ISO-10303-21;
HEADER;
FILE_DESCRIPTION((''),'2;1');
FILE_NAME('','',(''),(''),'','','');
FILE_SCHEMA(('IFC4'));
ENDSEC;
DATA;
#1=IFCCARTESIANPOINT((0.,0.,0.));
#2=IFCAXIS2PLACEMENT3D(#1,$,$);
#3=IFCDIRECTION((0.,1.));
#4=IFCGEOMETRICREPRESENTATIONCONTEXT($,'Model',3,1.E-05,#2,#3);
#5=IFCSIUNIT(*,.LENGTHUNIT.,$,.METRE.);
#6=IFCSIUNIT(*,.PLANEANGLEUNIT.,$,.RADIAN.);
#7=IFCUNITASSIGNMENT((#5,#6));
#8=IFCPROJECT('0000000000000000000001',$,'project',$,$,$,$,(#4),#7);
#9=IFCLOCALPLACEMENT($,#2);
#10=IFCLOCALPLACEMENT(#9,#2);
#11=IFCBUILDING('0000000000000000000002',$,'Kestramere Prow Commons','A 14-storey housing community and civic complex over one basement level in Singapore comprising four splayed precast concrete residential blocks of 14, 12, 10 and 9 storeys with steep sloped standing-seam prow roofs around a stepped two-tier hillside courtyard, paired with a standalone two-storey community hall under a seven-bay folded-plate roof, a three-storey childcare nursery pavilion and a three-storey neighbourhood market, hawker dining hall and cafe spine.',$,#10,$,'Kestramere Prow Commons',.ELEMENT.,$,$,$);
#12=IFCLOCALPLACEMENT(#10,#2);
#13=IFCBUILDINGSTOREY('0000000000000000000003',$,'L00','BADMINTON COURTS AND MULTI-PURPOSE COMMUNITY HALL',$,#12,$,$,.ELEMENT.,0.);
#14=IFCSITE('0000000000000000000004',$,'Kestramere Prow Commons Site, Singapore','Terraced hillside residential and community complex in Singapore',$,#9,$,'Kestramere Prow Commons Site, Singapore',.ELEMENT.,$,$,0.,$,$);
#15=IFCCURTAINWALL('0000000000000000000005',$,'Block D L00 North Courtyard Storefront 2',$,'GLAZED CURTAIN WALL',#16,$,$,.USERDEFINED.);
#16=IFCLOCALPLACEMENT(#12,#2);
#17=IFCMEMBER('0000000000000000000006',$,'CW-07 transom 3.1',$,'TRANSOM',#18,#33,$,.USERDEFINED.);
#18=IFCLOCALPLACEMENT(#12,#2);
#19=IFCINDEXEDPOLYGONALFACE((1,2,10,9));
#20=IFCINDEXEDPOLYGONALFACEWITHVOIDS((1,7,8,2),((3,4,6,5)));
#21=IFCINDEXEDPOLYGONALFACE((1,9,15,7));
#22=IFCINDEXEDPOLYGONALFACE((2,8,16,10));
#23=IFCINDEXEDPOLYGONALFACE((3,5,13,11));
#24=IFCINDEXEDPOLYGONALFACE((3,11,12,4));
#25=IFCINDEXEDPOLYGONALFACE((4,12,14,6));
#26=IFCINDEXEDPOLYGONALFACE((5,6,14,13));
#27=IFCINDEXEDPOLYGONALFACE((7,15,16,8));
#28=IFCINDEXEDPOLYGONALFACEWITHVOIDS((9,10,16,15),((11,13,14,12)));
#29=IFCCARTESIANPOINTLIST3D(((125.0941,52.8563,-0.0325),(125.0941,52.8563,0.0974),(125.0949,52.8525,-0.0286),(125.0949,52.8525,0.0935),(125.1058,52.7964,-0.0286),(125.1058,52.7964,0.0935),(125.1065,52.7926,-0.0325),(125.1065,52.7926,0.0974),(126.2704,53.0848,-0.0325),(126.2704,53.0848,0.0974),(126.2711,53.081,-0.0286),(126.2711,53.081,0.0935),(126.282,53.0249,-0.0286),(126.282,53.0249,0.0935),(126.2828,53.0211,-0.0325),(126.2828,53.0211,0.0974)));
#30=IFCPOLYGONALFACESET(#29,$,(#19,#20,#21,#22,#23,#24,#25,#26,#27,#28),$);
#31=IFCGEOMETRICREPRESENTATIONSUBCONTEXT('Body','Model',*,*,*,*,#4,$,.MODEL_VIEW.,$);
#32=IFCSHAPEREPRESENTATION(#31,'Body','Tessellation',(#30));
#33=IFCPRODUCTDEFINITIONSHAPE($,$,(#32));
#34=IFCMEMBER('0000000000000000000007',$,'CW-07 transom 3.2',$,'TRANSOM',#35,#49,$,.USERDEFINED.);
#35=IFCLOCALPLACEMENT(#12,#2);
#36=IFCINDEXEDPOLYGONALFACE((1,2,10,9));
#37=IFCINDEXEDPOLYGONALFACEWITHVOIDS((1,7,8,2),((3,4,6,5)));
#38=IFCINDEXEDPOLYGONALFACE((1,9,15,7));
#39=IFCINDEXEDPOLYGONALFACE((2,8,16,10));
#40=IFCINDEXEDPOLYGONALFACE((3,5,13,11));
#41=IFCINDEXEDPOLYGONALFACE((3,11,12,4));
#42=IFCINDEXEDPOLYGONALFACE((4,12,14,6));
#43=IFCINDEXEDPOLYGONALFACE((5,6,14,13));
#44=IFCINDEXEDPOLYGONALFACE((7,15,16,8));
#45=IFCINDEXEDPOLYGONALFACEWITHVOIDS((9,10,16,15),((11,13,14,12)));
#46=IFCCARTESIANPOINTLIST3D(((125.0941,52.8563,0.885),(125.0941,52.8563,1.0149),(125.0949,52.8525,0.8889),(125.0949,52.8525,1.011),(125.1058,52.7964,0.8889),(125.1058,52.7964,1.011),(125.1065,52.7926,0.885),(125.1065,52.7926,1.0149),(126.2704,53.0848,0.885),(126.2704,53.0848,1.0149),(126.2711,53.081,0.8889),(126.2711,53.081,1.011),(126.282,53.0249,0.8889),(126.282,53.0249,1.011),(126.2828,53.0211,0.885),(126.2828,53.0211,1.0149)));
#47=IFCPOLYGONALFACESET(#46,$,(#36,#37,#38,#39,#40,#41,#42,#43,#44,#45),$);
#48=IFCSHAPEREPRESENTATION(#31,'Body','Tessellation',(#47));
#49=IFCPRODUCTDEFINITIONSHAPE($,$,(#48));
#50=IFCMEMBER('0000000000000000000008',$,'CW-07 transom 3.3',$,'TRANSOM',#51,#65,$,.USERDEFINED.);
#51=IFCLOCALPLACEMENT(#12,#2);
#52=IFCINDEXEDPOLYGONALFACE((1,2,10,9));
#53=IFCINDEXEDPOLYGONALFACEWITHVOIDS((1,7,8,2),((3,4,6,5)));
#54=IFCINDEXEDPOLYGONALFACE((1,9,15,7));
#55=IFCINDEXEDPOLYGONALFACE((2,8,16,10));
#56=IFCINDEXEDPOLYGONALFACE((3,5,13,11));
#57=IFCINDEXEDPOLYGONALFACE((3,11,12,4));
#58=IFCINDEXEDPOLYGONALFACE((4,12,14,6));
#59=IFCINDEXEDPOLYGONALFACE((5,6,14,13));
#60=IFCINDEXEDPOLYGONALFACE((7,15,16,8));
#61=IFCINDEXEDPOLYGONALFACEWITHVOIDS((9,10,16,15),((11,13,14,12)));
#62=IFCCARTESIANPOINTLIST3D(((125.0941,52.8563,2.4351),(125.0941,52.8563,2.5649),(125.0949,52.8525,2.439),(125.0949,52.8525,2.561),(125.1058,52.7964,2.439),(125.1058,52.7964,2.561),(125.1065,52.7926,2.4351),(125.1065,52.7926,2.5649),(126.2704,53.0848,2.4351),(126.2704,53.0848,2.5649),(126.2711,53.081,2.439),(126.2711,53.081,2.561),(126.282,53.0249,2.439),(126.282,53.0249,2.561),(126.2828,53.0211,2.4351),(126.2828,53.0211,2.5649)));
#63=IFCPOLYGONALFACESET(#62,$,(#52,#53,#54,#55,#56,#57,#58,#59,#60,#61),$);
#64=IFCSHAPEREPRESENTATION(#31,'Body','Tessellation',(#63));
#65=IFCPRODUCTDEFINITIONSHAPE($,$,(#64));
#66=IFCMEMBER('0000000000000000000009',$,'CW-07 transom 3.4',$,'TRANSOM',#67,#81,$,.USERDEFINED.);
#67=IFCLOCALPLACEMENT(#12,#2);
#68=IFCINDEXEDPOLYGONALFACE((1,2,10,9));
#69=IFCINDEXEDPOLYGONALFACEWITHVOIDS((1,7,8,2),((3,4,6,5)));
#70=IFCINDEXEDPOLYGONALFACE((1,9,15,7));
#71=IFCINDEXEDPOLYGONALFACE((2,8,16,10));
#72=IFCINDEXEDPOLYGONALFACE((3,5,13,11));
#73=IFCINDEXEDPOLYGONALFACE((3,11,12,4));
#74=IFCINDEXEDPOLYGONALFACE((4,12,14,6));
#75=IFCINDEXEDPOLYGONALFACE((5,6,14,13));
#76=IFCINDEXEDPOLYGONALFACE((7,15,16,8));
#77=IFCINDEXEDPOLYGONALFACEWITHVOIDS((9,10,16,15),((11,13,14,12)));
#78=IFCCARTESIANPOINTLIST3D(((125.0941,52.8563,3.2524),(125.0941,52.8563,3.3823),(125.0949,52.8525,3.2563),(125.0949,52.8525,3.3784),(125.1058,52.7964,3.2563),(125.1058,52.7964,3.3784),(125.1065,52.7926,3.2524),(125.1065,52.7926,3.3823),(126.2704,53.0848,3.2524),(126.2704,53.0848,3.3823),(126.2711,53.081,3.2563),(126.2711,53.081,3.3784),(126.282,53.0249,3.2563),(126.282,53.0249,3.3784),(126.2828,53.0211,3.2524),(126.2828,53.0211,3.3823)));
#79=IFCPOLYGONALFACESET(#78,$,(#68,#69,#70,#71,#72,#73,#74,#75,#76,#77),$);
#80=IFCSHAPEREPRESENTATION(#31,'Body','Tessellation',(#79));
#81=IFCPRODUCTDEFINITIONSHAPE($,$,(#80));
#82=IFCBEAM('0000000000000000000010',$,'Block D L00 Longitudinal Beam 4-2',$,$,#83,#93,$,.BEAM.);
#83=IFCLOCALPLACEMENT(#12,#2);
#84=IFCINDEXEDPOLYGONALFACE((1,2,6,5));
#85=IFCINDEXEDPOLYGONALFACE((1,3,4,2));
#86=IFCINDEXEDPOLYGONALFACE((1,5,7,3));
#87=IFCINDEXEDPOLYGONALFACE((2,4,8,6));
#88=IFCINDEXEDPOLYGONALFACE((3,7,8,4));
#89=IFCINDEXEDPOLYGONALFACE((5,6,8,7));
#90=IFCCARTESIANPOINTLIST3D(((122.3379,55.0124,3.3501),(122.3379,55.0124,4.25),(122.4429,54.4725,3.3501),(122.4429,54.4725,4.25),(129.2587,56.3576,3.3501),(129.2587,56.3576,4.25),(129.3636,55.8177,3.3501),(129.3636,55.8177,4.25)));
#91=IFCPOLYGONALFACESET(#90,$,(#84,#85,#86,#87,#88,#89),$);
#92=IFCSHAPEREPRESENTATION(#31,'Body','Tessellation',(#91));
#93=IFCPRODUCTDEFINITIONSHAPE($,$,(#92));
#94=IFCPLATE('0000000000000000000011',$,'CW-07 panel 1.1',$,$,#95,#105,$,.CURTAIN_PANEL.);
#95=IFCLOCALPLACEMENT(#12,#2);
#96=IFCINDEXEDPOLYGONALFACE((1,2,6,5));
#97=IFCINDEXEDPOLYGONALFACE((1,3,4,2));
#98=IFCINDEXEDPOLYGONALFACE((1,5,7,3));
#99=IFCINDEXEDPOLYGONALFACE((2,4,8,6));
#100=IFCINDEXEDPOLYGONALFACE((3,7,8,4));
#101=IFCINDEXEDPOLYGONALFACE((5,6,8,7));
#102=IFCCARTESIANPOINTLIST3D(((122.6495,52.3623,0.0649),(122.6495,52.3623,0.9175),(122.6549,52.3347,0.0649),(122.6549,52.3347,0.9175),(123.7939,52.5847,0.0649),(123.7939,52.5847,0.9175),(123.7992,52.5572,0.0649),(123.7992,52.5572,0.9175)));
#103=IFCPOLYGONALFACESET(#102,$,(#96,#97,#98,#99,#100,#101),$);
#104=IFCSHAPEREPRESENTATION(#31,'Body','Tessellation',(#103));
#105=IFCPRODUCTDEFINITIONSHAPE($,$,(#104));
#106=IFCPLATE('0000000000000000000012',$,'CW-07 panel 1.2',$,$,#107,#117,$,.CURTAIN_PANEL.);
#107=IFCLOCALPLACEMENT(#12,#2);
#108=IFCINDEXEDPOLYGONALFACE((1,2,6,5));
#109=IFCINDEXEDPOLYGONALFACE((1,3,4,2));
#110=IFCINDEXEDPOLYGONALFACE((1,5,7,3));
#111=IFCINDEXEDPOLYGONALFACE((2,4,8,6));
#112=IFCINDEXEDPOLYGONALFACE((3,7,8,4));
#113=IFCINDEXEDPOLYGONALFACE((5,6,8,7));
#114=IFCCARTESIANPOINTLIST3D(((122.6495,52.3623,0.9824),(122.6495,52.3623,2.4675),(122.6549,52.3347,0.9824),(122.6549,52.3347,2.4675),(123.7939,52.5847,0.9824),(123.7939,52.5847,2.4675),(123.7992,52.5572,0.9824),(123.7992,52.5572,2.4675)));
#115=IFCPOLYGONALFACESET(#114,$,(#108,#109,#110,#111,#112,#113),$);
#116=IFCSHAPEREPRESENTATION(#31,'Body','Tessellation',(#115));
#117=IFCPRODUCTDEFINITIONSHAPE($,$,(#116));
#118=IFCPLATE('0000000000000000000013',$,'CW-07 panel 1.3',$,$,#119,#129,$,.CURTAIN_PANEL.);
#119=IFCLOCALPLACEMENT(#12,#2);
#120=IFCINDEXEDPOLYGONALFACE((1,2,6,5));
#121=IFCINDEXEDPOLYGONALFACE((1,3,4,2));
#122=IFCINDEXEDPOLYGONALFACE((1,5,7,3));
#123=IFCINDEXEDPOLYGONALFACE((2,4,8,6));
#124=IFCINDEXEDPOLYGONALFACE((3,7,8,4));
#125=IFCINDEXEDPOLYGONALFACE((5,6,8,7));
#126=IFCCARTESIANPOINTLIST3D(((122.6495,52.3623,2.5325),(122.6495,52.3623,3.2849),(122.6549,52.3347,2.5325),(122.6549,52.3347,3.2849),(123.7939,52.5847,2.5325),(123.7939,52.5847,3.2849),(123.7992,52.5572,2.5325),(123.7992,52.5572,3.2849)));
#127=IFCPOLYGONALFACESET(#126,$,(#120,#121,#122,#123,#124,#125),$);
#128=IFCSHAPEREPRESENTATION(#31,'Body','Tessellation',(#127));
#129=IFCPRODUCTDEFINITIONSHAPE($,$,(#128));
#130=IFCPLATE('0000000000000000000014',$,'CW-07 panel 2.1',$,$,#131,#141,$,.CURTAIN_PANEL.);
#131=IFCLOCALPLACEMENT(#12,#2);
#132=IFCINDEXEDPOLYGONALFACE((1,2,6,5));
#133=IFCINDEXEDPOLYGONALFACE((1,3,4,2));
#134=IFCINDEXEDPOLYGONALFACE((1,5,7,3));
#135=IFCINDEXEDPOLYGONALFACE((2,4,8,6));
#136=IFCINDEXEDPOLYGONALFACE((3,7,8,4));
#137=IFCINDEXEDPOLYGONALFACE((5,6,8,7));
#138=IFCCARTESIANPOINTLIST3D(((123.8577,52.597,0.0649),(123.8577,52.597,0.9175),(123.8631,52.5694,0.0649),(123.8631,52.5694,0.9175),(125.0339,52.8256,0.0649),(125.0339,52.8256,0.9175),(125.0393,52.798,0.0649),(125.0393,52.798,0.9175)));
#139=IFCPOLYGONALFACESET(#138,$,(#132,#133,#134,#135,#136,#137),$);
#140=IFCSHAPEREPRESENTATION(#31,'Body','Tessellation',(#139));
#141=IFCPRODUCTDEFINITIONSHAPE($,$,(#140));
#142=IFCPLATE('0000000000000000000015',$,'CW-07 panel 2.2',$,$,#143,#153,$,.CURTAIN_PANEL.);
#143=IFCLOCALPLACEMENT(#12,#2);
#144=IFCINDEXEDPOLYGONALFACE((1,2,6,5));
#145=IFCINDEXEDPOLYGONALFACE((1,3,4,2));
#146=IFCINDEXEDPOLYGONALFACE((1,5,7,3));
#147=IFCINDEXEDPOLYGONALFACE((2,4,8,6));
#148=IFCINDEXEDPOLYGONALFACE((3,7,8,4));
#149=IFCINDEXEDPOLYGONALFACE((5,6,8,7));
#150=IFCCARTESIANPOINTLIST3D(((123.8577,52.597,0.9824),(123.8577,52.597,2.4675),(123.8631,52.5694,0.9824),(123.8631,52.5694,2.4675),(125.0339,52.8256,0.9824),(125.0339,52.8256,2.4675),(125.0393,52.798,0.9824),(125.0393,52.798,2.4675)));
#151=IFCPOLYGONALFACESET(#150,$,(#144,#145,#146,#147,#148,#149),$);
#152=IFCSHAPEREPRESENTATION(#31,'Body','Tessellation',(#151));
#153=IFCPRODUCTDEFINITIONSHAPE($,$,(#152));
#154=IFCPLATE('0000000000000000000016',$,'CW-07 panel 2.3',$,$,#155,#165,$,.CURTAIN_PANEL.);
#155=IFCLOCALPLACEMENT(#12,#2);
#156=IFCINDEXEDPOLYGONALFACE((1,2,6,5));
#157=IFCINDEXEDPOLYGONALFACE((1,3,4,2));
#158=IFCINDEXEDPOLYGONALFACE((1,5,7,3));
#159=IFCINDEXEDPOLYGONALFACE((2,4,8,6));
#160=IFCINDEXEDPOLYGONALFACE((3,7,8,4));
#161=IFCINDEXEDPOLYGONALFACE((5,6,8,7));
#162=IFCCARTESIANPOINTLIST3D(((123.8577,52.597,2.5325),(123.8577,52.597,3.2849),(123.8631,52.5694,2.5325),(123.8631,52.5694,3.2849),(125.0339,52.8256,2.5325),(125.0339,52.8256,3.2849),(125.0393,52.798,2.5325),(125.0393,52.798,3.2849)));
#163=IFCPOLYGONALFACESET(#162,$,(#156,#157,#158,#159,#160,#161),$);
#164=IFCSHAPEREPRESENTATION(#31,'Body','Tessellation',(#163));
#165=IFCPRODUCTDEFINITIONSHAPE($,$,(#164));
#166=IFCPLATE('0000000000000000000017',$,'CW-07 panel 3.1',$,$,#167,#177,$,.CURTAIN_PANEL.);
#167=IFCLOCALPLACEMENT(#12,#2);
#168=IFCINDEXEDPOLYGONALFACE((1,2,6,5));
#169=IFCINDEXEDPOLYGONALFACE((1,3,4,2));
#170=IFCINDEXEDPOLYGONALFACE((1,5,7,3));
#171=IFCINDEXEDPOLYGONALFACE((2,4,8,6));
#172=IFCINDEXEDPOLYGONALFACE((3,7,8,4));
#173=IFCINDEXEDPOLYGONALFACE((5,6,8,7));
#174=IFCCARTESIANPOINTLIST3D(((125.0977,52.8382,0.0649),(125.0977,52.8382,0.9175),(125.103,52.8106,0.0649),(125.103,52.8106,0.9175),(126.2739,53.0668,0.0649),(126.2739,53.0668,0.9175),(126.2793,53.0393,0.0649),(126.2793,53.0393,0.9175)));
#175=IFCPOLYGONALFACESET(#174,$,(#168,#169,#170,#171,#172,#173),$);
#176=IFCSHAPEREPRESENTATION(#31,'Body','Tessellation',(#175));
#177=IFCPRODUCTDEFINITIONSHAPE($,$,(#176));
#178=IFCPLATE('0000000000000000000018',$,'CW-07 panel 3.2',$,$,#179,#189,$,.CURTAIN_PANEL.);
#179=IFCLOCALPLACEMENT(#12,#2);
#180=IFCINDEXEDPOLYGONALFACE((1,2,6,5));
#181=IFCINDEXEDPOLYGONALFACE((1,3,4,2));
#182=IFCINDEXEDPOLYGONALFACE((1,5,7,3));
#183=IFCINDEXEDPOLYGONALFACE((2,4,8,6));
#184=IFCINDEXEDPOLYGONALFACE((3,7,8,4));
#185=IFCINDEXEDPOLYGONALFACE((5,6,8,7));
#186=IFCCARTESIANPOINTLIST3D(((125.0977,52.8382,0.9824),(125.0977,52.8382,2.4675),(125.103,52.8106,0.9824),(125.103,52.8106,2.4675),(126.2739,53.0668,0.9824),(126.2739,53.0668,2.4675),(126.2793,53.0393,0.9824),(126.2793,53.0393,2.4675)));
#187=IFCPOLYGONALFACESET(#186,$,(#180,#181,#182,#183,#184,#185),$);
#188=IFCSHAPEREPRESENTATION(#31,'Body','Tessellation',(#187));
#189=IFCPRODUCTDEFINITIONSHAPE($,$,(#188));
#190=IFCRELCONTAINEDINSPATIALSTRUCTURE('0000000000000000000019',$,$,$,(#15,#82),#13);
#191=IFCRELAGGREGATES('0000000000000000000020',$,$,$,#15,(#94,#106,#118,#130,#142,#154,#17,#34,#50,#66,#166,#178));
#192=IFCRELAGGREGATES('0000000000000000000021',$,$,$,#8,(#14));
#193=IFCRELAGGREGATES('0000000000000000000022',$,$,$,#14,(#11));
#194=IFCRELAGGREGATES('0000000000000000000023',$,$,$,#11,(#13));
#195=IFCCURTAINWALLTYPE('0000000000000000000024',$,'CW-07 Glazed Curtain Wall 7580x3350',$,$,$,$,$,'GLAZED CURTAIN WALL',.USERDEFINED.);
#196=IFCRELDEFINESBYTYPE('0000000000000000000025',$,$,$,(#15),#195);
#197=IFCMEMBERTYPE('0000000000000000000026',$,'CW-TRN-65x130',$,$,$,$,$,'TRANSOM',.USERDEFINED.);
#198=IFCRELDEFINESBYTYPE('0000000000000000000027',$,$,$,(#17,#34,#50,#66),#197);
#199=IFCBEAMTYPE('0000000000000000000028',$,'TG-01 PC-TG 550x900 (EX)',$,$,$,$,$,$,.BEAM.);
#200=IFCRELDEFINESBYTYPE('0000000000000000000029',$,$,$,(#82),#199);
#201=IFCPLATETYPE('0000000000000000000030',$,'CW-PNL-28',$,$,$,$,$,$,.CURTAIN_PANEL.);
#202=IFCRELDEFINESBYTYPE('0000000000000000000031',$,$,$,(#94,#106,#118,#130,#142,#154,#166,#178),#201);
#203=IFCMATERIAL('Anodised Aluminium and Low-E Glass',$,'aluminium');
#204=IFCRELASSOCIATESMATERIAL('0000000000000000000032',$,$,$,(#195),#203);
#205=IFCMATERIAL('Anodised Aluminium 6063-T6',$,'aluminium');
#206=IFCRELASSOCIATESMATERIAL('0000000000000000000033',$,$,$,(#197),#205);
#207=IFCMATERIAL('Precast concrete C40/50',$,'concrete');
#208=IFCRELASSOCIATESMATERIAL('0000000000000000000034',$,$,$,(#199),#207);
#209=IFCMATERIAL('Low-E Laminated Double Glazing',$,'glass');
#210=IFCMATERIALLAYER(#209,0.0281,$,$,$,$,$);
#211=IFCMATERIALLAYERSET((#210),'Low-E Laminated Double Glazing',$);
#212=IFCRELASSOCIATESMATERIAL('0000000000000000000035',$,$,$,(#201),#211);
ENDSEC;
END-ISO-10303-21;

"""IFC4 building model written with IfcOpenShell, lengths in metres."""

from ifc_helpers import new_model, si_unit, direction, frame, origin, origin_2d, place, context, subcontext, project, spatial, rectangle, hollow_rectangle, extrude, material, layer, layer_set, material_profile, profile_set, type_object, element, aggregate, save


model = new_model("IFC4")

# Units and contexts
model_context = context("Model", 3, precision=1e-05, world=origin(), true_north=direction((0.0, 1.0)))
body_context = subcontext(model_context, "Body", "Model", "MODEL_VIEW")
ifc_project = project(units=[si_unit("LENGTHUNIT", "METRE"), si_unit("PLANEANGLEUNIT", "RADIAN")], contexts=[model_context])

# Site, building, storey
site_placement = place(None, origin())
site = spatial("IfcSite", under=ifc_project, at=site_placement, Name="Kestramere Prow Commons Site, Singapore", Description="Terraced hillside residential and community complex in Singapore", LongName="Kestramere Prow Commons Site, Singapore", CompositionType="ELEMENT", RefElevation=0.0)
building_placement = place(site_placement, origin())
building = spatial("IfcBuilding", under=site, at=building_placement, Name="Kestramere Prow Commons", Description="A 14-storey housing community and civic complex over one basement level in Singapore comprising four splayed precast concrete residential blocks of 14, 12, 10 and 9 storeys with steep sloped standing-seam prow roofs around a stepped two-tier hillside courtyard, paired with a standalone two-storey community hall under a seven-bay folded-plate roof, a three-storey childcare nursery pavilion and a three-storey neighbourhood market, hawker dining hall and cafe spine.", LongName="Kestramere Prow Commons", CompositionType="ELEMENT")
storey_placement = place(building_placement, origin())
storey = spatial("IfcBuildingStorey", under=building, at=storey_placement, Name="L00", Description="BADMINTON COURTS AND MULTI-PURPOSE COMMUNITY HALL", CompositionType="ELEMENT", Elevation=0.0)

# Shared definitions
ifc_material_1 = material(Name="Precast concrete C40/50", Category="concrete")

# Curtain wall, members
ifc_material_2 = material(Name="Anodised Aluminium and Low-E Glass", Category="aluminium")
curtain_wall_type = type_object("IfcCurtainWallType", Name="CW-07 Glazed Curtain Wall 7580x3350", ElementType="GLAZED CURTAIN WALL", PredefinedType="USERDEFINED", material=ifc_material_2)
curtain_wall_placement = place(storey_placement, origin())
curtain_wall = element("IfcCurtainWall", 1, at=curtain_wall_placement, inside=storey, type_object=curtain_wall_type, Name="Block D L00 North Courtyard Storefront 2", ObjectType="GLAZED CURTAIN WALL", PredefinedType="USERDEFINED")
ifc_material_3 = material(Name="Anodised Aluminium 6063-T6", Category="aluminium")
ifc_material_profile_1 = material_profile(ifc_material_3, hollow_rectangle(XDim=0.0649, YDim=0.1299, WallThickness=0.0039, at=origin_2d()), Name="ALU-TRN 65x130")
ifc_profile_set_1 = profile_set([ifc_material_profile_1], Name="Anodised Aluminium 6063-T6")
member_type_1 = type_object("IfcMemberType", Name="CW-TRN-65x130", ElementType="TRANSOM", PredefinedType="USERDEFINED", material=ifc_profile_set_1)
member_1_placement = place(storey_placement, frame((125.1003, 52.8245, 0.0325), z_axis=(0.981647, 0.190706, 0.0), x_axis=(-0.190706, 0.981647, 0.0)))
member_1 = element("IfcMember", 2, at=member_1_placement, type_object=member_type_1, Name="CW-07 transom 3.1", ObjectType="TRANSOM", PredefinedType="USERDEFINED", context=body_context, shape_type="SweptSolid", body=[
    extrude(hollow_rectangle(XDim=0.0649, YDim=0.1299, WallThickness=0.0039, at=origin_2d()), origin(), (0.0, 0.0, 1.0), 1.1982),
])
member_2_placement = place(storey_placement, frame((125.1003, 52.8245, 0.95), z_axis=(0.981647, 0.190706, 0.0), x_axis=(-0.190706, 0.981647, 0.0)))
member_2 = element("IfcMember", 3, at=member_2_placement, type_object=member_type_1, Name="CW-07 transom 3.2", ObjectType="TRANSOM", PredefinedType="USERDEFINED", context=body_context, shape_type="SweptSolid", body=[
    extrude(hollow_rectangle(XDim=0.0649, YDim=0.1299, WallThickness=0.0039, at=origin_2d()), origin(), (0.0, 0.0, 1.0), 1.1982),
])
member_3_placement = place(storey_placement, frame((125.1003, 52.8245, 2.5), z_axis=(0.981647, 0.190706, 0.0), x_axis=(-0.190706, 0.981647, 0.0)))
member_3 = element("IfcMember", 4, at=member_3_placement, type_object=member_type_1, Name="CW-07 transom 3.3", ObjectType="TRANSOM", PredefinedType="USERDEFINED", context=body_context, shape_type="SweptSolid", body=[
    extrude(hollow_rectangle(XDim=0.0649, YDim=0.1299, WallThickness=0.0039, at=origin_2d()), origin(), (0.0, 0.0, 1.0), 1.1982),
])
member_4_placement = place(storey_placement, frame((125.1003, 52.8245, 3.3174), z_axis=(0.981647, 0.190706, 0.0), x_axis=(-0.190706, 0.981647, 0.0)))
member_4 = element("IfcMember", 5, at=member_4_placement, type_object=member_type_1, Name="CW-07 transom 3.4", ObjectType="TRANSOM", PredefinedType="USERDEFINED", context=body_context, shape_type="SweptSolid", body=[
    extrude(hollow_rectangle(XDim=0.0649, YDim=0.1299, WallThickness=0.0039, at=origin_2d()), origin(), (0.0, 0.0, 1.0), 1.1982),
])

# Beam
ifc_material_profile_2 = material_profile(ifc_material_1, rectangle(XDim=0.55, YDim=0.8999, at=origin_2d()), Name="PC-TG 550x900")
ifc_profile_set_2 = profile_set([ifc_material_profile_2], Name="Precast concrete C40/50")
beam_type = type_object("IfcBeamType", Name="TG-01 PC-TG 550x900 (EX)", PredefinedType="BEAM", material=ifc_profile_set_2)
beam_placement = place(storey_placement, frame((122.3904, 54.7424, 3.8), z_axis=(0.981628, 0.190806, 0.0), x_axis=(-0.190806, 0.981628, 0.0)))
element("IfcBeam", 6, at=beam_placement, inside=storey, type_object=beam_type, Name="Block D L00 Longitudinal Beam 4-2", PredefinedType="BEAM", context=body_context, shape_type="SweptSolid", body=[
    extrude(rectangle(XDim=0.55, YDim=0.8999, at=origin_2d()), origin(), (0.0, 0.0, 1.0), 7.0503),
])

# Plates
ifc_material_4 = material(Name="Low-E Laminated Double Glazing", Category="glass")
ifc_layer = layer(ifc_material_4, 0.0281)
ifc_layer_set = layer_set([ifc_layer], Name="Low-E Laminated Double Glazing")
plate_type = type_object("IfcPlateType", Name="CW-PNL-28", PredefinedType="CURTAIN_PANEL", material=ifc_layer_set)
plate_1_placement = place(storey_placement, frame((123.2244, 52.4597, 0.0649), z_axis=(0.0, 0.0, 1.0), x_axis=(0.981627, 0.190809, 0.0)))
plate_1 = element("IfcPlate", 7, at=plate_1_placement, type_object=plate_type, Name="CW-07 panel 1.1", PredefinedType="CURTAIN_PANEL", context=body_context, shape_type="SweptSolid", body=[
    extrude(rectangle(XDim=1.1658, YDim=0.0281, at=origin_2d()), origin(), (0.0, 0.0, 1.0), 0.8525),
])
plate_2_placement = place(storey_placement, frame((123.2244, 52.4597, 0.9824), z_axis=(0.0, 0.0, 1.0), x_axis=(0.981627, 0.190809, 0.0)))
plate_2 = element("IfcPlate", 8, at=plate_2_placement, type_object=plate_type, Name="CW-07 panel 1.2", PredefinedType="CURTAIN_PANEL", context=body_context, shape_type="SweptSolid", body=[
    extrude(rectangle(XDim=1.1658, YDim=0.0281, at=origin_2d()), origin(), (0.0, 0.0, 1.0), 1.4851),
])
plate_3_placement = place(storey_placement, frame((123.2244, 52.4597, 2.5325), z_axis=(0.0, 0.0, 1.0), x_axis=(0.981627, 0.190809, 0.0)))
plate_3 = element("IfcPlate", 9, at=plate_3_placement, type_object=plate_type, Name="CW-07 panel 1.3", PredefinedType="CURTAIN_PANEL", context=body_context, shape_type="SweptSolid", body=[
    extrude(rectangle(XDim=1.1658, YDim=0.0281, at=origin_2d()), origin(), (0.0, 0.0, 1.0), 0.7524),
])
plate_4_placement = place(storey_placement, frame((124.4485, 52.6975, 0.0649), z_axis=(0.0, 0.0, 1.0), x_axis=(0.981627, 0.190809, 0.0)))
plate_4 = element("IfcPlate", 10, at=plate_4_placement, type_object=plate_type, Name="CW-07 panel 2.1", PredefinedType="CURTAIN_PANEL", context=body_context, shape_type="SweptSolid", body=[
    extrude(rectangle(XDim=1.1982, YDim=0.0281, at=origin_2d()), origin(), (0.0, 0.0, 1.0), 0.8525),
])
plate_5_placement = place(storey_placement, frame((124.4485, 52.6975, 0.9824), z_axis=(0.0, 0.0, 1.0), x_axis=(0.981627, 0.190809, 0.0)))
plate_5 = element("IfcPlate", 11, at=plate_5_placement, type_object=plate_type, Name="CW-07 panel 2.2", PredefinedType="CURTAIN_PANEL", context=body_context, shape_type="SweptSolid", body=[
    extrude(rectangle(XDim=1.1982, YDim=0.0281, at=origin_2d()), origin(), (0.0, 0.0, 1.0), 1.4851),
])
plate_6_placement = place(storey_placement, frame((124.4485, 52.6975, 2.5325), z_axis=(0.0, 0.0, 1.0), x_axis=(0.981627, 0.190809, 0.0)))
plate_6 = element("IfcPlate", 12, at=plate_6_placement, type_object=plate_type, Name="CW-07 panel 2.3", PredefinedType="CURTAIN_PANEL", context=body_context, shape_type="SweptSolid", body=[
    extrude(rectangle(XDim=1.1982, YDim=0.0281, at=origin_2d()), origin(), (0.0, 0.0, 1.0), 0.7524),
])
plate_7_placement = place(storey_placement, frame((125.6885, 52.9387, 0.0649), z_axis=(0.0, 0.0, 1.0), x_axis=(0.981627, 0.190809, 0.0)))
plate_7 = element("IfcPlate", 13, at=plate_7_placement, type_object=plate_type, Name="CW-07 panel 3.1", PredefinedType="CURTAIN_PANEL", context=body_context, shape_type="SweptSolid", body=[
    extrude(rectangle(XDim=1.1982, YDim=0.0281, at=origin_2d()), origin(), (0.0, 0.0, 1.0), 0.8525),
])
plate_8_placement = place(storey_placement, frame((125.6885, 52.9387, 0.9824), z_axis=(0.0, 0.0, 1.0), x_axis=(0.981627, 0.190809, 0.0)))
plate_8 = element("IfcPlate", 14, at=plate_8_placement, type_object=plate_type, Name="CW-07 panel 3.2", PredefinedType="CURTAIN_PANEL", context=body_context, shape_type="SweptSolid", body=[
    extrude(rectangle(XDim=1.1982, YDim=0.0281, at=origin_2d()), origin(), (0.0, 0.0, 1.0), 1.4851),
])
aggregate(curtain_wall, [plate_1, plate_2, plate_3, plate_4, plate_5, plate_6, member_1, member_2, member_3, member_4, plate_7, plate_8])

save(model, "model.ifc")
